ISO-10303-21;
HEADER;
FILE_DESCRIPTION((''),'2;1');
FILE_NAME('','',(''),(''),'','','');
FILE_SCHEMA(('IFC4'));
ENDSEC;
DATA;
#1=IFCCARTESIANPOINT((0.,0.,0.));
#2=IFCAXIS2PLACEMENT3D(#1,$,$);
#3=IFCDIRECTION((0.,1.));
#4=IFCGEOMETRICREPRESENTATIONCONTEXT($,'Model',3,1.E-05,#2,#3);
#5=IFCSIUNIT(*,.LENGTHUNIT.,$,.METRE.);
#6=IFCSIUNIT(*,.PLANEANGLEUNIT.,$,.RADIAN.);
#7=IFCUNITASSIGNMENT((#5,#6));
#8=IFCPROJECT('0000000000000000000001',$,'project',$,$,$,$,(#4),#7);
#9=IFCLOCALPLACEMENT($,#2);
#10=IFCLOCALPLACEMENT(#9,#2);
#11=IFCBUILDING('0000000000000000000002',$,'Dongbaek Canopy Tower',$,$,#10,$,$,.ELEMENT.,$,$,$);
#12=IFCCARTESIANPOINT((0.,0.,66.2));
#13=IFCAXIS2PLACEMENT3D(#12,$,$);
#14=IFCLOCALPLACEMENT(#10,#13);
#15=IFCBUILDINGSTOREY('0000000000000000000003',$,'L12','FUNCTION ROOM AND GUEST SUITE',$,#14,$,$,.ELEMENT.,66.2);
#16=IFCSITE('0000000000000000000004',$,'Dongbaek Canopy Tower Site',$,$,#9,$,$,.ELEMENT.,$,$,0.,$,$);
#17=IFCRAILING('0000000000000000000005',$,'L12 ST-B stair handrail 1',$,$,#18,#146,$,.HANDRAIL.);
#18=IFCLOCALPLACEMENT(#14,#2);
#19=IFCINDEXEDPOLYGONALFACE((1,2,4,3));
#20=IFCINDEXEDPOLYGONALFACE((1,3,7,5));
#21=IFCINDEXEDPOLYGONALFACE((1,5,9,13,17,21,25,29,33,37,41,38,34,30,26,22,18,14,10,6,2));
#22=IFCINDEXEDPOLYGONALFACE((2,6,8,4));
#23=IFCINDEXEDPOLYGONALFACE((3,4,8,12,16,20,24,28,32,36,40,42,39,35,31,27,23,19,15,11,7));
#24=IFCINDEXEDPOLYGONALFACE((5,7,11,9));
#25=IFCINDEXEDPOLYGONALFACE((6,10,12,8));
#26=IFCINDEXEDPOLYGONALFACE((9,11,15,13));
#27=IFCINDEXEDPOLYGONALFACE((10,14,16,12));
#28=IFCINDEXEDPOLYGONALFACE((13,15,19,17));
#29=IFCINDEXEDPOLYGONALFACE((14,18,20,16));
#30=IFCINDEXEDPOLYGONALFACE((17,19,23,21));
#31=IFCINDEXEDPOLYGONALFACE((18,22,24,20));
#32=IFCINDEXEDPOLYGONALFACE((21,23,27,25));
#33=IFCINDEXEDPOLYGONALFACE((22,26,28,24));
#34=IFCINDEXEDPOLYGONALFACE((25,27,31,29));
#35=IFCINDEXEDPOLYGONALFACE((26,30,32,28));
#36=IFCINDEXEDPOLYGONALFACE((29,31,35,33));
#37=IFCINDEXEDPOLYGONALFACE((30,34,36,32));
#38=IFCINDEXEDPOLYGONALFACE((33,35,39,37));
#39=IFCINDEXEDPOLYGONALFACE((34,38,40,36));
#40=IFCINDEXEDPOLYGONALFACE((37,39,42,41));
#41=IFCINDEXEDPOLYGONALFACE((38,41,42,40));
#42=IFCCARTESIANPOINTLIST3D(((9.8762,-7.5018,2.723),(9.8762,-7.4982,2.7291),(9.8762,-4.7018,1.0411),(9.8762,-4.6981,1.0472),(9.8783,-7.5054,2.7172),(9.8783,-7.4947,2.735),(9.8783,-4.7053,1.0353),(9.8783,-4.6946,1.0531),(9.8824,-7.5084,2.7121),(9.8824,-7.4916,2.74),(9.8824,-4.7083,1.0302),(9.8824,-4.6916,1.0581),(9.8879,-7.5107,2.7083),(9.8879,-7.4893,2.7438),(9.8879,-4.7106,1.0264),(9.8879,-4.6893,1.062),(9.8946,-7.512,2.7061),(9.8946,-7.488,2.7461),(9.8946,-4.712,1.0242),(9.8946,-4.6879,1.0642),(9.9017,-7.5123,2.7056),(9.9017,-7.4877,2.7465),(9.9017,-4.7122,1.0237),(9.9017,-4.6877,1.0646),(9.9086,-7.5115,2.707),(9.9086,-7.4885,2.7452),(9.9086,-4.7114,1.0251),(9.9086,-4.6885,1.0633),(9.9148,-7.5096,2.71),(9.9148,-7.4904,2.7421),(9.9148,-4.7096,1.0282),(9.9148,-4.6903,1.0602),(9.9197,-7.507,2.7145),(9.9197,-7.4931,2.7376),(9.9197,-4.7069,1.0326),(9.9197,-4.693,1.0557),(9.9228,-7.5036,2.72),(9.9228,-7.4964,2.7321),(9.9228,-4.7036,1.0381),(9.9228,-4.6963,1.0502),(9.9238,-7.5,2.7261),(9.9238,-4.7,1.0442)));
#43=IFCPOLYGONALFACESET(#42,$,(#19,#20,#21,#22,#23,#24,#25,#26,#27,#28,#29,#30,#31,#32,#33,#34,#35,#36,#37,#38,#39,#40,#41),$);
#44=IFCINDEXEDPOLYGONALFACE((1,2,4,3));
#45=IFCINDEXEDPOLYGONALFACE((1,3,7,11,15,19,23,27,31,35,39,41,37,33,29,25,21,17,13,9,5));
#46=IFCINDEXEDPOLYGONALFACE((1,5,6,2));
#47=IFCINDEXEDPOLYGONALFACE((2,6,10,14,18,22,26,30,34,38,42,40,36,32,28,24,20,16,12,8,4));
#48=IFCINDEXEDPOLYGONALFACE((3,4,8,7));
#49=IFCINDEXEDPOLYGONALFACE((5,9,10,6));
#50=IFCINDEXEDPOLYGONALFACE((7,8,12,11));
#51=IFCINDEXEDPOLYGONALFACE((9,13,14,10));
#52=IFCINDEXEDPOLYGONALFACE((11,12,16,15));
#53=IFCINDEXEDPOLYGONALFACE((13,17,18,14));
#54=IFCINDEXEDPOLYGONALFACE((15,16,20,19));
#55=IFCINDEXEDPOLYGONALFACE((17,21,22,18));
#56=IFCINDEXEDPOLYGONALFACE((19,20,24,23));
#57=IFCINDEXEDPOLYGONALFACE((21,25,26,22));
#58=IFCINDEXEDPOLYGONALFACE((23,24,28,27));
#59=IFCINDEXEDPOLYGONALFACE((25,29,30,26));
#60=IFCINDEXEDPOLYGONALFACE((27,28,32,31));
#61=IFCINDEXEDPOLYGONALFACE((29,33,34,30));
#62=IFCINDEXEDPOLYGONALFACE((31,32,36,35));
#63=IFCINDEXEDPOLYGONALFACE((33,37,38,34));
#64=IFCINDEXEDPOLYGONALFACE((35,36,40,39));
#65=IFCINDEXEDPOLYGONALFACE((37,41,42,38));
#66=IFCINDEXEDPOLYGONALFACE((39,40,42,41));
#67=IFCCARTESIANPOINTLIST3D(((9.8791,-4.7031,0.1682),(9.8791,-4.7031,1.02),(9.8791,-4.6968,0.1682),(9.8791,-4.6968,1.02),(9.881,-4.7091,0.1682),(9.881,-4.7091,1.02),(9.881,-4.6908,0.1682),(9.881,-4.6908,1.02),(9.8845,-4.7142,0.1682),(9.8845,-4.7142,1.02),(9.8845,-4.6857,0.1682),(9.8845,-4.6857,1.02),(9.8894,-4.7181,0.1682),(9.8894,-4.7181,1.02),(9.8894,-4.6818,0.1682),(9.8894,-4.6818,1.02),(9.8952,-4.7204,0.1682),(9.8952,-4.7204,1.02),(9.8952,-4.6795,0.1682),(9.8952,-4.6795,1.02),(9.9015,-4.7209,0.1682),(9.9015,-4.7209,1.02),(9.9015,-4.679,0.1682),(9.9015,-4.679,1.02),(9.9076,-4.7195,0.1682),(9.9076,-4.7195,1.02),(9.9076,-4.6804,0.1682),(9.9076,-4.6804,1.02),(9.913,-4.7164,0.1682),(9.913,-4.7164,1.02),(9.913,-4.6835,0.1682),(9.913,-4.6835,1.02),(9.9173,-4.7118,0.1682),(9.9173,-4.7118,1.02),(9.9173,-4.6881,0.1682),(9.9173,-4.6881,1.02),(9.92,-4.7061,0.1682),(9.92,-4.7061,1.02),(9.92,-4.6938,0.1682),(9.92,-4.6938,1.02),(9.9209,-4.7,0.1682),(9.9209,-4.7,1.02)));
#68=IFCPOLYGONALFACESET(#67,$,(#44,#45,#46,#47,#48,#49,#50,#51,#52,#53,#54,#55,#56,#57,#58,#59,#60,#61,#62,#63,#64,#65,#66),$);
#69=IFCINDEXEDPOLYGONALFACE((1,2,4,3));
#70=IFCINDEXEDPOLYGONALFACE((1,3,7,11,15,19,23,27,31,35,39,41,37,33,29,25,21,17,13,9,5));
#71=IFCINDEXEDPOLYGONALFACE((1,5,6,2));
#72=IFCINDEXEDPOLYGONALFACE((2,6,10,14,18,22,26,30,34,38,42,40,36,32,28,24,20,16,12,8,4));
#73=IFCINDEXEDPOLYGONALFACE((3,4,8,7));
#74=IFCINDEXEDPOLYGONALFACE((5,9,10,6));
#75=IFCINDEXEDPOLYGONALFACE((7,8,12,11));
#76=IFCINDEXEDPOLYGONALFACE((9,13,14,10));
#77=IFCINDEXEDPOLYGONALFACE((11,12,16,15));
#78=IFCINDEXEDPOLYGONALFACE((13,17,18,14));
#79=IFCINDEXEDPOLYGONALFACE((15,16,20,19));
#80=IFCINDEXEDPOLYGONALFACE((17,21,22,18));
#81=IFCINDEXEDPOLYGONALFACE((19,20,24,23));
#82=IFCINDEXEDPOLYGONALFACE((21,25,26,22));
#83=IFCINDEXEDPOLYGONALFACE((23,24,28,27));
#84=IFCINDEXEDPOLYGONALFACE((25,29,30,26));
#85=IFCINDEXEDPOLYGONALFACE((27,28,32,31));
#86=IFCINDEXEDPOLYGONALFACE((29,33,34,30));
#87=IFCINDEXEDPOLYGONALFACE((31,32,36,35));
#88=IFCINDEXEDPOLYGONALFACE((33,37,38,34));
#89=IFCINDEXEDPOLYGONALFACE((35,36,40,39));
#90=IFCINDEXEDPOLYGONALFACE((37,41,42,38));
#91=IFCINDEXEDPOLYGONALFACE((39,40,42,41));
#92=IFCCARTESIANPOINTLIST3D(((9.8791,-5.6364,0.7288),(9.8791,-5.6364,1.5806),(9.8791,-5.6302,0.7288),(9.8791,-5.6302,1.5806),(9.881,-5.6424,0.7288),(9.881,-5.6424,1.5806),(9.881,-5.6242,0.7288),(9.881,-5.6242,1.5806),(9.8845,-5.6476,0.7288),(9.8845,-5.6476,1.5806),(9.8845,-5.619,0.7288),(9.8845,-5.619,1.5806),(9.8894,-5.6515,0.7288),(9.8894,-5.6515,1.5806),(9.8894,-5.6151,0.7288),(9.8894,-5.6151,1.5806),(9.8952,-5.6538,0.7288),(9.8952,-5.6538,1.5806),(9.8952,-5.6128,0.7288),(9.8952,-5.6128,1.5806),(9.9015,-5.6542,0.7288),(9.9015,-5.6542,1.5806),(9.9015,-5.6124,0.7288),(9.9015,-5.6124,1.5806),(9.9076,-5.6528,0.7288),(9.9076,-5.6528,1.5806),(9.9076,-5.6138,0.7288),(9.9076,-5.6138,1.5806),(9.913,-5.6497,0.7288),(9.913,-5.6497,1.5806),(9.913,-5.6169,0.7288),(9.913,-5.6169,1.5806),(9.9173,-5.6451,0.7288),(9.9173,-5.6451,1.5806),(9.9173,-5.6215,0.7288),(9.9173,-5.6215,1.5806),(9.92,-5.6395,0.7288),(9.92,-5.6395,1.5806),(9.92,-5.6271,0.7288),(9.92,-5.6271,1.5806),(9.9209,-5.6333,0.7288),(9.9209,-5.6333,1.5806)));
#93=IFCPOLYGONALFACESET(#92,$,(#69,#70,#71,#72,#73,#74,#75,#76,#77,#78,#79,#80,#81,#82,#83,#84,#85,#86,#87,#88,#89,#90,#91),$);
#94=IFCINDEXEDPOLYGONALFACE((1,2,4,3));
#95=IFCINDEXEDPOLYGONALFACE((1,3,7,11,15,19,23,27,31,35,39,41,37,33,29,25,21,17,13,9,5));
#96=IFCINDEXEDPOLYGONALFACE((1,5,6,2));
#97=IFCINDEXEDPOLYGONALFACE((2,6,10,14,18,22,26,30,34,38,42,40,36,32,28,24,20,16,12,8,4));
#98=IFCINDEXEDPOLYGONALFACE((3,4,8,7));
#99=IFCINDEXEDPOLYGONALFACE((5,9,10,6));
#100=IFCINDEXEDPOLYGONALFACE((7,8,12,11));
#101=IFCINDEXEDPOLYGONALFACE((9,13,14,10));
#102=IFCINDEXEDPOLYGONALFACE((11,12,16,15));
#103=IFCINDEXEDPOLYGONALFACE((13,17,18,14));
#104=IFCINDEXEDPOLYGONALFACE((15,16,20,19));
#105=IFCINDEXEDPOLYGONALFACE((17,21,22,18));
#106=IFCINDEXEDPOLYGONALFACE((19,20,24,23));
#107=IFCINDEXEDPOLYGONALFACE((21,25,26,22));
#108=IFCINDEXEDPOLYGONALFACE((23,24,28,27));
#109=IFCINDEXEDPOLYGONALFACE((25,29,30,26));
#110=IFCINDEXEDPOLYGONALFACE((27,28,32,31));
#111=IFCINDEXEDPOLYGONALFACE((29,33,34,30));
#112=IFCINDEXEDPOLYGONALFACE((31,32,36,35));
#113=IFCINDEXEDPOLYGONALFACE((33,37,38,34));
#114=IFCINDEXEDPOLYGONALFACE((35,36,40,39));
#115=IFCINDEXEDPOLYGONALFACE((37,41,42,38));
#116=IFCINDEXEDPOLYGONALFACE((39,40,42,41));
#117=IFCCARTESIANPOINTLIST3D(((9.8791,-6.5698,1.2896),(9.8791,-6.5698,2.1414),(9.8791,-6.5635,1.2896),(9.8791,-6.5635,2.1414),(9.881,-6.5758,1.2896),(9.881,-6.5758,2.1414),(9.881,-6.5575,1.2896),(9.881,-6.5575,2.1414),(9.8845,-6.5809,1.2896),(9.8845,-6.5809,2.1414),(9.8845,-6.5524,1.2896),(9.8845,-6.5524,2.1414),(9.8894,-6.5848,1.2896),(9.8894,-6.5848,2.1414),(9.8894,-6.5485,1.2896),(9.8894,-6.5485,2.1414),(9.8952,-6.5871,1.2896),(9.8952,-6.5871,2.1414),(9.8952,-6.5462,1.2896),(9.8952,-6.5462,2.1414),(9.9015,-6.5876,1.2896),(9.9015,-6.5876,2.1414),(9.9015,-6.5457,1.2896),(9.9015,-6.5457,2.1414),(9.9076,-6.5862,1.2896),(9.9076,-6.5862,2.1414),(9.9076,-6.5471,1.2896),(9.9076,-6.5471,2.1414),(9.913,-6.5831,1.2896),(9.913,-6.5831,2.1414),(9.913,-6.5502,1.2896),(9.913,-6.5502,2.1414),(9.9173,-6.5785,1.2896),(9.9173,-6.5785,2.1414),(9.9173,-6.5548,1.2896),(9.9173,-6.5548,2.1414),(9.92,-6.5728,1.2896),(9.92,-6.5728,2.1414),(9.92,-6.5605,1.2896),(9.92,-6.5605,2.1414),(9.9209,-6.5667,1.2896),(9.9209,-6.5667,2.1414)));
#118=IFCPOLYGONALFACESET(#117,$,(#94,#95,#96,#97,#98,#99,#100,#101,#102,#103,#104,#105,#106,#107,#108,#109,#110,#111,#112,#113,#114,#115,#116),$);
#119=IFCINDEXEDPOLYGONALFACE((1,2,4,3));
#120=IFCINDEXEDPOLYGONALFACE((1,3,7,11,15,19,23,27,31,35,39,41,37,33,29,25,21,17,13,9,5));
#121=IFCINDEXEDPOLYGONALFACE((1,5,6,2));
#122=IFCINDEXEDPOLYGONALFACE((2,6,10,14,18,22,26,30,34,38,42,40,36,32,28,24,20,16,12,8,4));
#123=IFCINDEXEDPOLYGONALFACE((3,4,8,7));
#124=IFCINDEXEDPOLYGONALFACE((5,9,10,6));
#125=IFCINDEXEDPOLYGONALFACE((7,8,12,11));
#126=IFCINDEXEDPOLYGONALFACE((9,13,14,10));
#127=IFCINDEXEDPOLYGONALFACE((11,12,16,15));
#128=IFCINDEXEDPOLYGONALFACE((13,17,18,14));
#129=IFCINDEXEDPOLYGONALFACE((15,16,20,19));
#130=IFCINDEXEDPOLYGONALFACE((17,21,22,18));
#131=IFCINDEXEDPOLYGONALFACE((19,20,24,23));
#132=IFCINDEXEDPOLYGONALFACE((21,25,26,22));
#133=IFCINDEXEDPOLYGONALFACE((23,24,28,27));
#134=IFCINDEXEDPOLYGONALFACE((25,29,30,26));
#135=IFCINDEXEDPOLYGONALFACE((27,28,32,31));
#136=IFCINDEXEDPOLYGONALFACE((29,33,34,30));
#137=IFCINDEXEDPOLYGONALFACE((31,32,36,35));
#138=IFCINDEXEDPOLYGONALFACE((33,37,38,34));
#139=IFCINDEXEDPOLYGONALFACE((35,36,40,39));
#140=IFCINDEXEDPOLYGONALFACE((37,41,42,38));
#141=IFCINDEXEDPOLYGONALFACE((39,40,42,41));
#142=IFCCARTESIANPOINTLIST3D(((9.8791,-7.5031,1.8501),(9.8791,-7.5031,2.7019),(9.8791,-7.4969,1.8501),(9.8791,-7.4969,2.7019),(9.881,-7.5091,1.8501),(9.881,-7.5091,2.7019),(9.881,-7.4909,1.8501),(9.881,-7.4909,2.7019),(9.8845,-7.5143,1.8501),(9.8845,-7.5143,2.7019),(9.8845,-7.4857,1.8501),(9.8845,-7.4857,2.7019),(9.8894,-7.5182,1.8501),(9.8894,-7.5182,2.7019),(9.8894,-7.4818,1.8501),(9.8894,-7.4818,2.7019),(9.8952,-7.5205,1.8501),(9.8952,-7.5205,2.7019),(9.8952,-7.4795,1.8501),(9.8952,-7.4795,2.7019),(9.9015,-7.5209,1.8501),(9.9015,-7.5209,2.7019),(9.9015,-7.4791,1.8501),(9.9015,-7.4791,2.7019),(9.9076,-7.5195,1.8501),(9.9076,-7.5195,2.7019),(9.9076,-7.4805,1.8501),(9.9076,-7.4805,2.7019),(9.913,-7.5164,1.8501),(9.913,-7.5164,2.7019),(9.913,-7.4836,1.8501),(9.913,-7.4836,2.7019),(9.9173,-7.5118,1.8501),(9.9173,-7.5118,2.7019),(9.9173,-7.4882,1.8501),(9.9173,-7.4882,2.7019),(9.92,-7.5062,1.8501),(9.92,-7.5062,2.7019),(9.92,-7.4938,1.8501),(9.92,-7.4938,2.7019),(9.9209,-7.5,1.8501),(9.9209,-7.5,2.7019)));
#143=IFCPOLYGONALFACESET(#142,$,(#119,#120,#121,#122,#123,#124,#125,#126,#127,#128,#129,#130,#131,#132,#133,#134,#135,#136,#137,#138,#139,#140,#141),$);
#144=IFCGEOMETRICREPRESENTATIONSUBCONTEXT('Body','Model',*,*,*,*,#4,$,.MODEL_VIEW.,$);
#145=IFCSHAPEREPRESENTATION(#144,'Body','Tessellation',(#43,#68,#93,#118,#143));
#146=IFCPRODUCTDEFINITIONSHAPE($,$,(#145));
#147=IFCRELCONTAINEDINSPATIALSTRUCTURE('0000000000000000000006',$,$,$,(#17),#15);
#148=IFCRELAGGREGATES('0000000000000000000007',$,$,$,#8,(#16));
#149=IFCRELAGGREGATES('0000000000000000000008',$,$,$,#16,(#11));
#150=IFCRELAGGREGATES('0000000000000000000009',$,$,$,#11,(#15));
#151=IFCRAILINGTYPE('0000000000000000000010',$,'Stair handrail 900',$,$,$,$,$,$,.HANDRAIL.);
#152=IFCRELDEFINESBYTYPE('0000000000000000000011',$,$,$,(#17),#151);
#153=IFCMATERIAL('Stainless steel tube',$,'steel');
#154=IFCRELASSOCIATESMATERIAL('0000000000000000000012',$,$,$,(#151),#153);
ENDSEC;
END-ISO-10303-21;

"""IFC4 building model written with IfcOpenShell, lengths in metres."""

from ifc_helpers import new_model, si_unit, direction, frame, origin, origin_2d, place, context, subcontext, project, spatial, circle, extrude, material, type_object, element, save


model = new_model("IFC4")

# Units and contexts
model_context = context("Model", 3, precision=1e-05, world=origin(), true_north=direction((0.0, 1.0)))
body_context = subcontext(model_context, "Body", "Model", "MODEL_VIEW")
ifc_project = project(units=[si_unit("LENGTHUNIT", "METRE"), si_unit("PLANEANGLEUNIT", "RADIAN")], contexts=[model_context])

# Site, building, storey
site_placement = place(None, origin())
site = spatial("IfcSite", under=ifc_project, at=site_placement, Name="Dongbaek Canopy Tower Site", CompositionType="ELEMENT", RefElevation=0.0)
building_placement = place(site_placement, origin())
building = spatial("IfcBuilding", under=site, at=building_placement, Name="Dongbaek Canopy Tower", CompositionType="ELEMENT")
storey_placement = place(building_placement, frame((0.0, 0.0, 66.2)))
storey = spatial("IfcBuildingStorey", under=building, at=storey_placement, Name="L12", Description="FUNCTION ROOM AND GUEST SUITE", CompositionType="ELEMENT", Elevation=66.2)

# Railing
ifc_material_1 = material(Name="Stainless steel tube", Category="steel")
railing_type_1 = type_object("IfcRailingType", Name="Stair handrail 900", PredefinedType="HANDRAIL", material=ifc_material_1)
railing_1_placement = place(storey_placement, frame((9.8999, -4.7, 0.1682)))
element("IfcRailing", 1, at=railing_1_placement, inside=storey, type_object=railing_type_1, Name="L12 ST-B stair handrail 1", PredefinedType="HANDRAIL", context=body_context, shape_type="SweptSolid", body=[
    extrude(circle(Radius=0.0239, at=origin_2d()), frame((0.0, 0.0, 0.876), z_axis=(0.0, -0.857242, 0.514913), x_axis=(1.0, 0.0, 0.0)), (0.0, 0.0, 1.0), 3.2664),
    extrude(circle(Radius=0.021, at=origin_2d()), origin(), (0.0, 0.0, 1.0), 0.8518),
    extrude(circle(Radius=0.021, at=origin_2d()), frame((0.0, -0.9333, 0.5605)), (0.0, 0.0, 1.0), 0.8518),
    extrude(circle(Radius=0.021, at=origin_2d()), frame((0.0, -1.8667, 1.1213)), (0.0, 0.0, 1.0), 0.8518),
    extrude(circle(Radius=0.021, at=origin_2d()), frame((0.0, -2.8, 1.6819)), (0.0, 0.0, 1.0), 0.8518),
])

save(model, "model.ifc")
